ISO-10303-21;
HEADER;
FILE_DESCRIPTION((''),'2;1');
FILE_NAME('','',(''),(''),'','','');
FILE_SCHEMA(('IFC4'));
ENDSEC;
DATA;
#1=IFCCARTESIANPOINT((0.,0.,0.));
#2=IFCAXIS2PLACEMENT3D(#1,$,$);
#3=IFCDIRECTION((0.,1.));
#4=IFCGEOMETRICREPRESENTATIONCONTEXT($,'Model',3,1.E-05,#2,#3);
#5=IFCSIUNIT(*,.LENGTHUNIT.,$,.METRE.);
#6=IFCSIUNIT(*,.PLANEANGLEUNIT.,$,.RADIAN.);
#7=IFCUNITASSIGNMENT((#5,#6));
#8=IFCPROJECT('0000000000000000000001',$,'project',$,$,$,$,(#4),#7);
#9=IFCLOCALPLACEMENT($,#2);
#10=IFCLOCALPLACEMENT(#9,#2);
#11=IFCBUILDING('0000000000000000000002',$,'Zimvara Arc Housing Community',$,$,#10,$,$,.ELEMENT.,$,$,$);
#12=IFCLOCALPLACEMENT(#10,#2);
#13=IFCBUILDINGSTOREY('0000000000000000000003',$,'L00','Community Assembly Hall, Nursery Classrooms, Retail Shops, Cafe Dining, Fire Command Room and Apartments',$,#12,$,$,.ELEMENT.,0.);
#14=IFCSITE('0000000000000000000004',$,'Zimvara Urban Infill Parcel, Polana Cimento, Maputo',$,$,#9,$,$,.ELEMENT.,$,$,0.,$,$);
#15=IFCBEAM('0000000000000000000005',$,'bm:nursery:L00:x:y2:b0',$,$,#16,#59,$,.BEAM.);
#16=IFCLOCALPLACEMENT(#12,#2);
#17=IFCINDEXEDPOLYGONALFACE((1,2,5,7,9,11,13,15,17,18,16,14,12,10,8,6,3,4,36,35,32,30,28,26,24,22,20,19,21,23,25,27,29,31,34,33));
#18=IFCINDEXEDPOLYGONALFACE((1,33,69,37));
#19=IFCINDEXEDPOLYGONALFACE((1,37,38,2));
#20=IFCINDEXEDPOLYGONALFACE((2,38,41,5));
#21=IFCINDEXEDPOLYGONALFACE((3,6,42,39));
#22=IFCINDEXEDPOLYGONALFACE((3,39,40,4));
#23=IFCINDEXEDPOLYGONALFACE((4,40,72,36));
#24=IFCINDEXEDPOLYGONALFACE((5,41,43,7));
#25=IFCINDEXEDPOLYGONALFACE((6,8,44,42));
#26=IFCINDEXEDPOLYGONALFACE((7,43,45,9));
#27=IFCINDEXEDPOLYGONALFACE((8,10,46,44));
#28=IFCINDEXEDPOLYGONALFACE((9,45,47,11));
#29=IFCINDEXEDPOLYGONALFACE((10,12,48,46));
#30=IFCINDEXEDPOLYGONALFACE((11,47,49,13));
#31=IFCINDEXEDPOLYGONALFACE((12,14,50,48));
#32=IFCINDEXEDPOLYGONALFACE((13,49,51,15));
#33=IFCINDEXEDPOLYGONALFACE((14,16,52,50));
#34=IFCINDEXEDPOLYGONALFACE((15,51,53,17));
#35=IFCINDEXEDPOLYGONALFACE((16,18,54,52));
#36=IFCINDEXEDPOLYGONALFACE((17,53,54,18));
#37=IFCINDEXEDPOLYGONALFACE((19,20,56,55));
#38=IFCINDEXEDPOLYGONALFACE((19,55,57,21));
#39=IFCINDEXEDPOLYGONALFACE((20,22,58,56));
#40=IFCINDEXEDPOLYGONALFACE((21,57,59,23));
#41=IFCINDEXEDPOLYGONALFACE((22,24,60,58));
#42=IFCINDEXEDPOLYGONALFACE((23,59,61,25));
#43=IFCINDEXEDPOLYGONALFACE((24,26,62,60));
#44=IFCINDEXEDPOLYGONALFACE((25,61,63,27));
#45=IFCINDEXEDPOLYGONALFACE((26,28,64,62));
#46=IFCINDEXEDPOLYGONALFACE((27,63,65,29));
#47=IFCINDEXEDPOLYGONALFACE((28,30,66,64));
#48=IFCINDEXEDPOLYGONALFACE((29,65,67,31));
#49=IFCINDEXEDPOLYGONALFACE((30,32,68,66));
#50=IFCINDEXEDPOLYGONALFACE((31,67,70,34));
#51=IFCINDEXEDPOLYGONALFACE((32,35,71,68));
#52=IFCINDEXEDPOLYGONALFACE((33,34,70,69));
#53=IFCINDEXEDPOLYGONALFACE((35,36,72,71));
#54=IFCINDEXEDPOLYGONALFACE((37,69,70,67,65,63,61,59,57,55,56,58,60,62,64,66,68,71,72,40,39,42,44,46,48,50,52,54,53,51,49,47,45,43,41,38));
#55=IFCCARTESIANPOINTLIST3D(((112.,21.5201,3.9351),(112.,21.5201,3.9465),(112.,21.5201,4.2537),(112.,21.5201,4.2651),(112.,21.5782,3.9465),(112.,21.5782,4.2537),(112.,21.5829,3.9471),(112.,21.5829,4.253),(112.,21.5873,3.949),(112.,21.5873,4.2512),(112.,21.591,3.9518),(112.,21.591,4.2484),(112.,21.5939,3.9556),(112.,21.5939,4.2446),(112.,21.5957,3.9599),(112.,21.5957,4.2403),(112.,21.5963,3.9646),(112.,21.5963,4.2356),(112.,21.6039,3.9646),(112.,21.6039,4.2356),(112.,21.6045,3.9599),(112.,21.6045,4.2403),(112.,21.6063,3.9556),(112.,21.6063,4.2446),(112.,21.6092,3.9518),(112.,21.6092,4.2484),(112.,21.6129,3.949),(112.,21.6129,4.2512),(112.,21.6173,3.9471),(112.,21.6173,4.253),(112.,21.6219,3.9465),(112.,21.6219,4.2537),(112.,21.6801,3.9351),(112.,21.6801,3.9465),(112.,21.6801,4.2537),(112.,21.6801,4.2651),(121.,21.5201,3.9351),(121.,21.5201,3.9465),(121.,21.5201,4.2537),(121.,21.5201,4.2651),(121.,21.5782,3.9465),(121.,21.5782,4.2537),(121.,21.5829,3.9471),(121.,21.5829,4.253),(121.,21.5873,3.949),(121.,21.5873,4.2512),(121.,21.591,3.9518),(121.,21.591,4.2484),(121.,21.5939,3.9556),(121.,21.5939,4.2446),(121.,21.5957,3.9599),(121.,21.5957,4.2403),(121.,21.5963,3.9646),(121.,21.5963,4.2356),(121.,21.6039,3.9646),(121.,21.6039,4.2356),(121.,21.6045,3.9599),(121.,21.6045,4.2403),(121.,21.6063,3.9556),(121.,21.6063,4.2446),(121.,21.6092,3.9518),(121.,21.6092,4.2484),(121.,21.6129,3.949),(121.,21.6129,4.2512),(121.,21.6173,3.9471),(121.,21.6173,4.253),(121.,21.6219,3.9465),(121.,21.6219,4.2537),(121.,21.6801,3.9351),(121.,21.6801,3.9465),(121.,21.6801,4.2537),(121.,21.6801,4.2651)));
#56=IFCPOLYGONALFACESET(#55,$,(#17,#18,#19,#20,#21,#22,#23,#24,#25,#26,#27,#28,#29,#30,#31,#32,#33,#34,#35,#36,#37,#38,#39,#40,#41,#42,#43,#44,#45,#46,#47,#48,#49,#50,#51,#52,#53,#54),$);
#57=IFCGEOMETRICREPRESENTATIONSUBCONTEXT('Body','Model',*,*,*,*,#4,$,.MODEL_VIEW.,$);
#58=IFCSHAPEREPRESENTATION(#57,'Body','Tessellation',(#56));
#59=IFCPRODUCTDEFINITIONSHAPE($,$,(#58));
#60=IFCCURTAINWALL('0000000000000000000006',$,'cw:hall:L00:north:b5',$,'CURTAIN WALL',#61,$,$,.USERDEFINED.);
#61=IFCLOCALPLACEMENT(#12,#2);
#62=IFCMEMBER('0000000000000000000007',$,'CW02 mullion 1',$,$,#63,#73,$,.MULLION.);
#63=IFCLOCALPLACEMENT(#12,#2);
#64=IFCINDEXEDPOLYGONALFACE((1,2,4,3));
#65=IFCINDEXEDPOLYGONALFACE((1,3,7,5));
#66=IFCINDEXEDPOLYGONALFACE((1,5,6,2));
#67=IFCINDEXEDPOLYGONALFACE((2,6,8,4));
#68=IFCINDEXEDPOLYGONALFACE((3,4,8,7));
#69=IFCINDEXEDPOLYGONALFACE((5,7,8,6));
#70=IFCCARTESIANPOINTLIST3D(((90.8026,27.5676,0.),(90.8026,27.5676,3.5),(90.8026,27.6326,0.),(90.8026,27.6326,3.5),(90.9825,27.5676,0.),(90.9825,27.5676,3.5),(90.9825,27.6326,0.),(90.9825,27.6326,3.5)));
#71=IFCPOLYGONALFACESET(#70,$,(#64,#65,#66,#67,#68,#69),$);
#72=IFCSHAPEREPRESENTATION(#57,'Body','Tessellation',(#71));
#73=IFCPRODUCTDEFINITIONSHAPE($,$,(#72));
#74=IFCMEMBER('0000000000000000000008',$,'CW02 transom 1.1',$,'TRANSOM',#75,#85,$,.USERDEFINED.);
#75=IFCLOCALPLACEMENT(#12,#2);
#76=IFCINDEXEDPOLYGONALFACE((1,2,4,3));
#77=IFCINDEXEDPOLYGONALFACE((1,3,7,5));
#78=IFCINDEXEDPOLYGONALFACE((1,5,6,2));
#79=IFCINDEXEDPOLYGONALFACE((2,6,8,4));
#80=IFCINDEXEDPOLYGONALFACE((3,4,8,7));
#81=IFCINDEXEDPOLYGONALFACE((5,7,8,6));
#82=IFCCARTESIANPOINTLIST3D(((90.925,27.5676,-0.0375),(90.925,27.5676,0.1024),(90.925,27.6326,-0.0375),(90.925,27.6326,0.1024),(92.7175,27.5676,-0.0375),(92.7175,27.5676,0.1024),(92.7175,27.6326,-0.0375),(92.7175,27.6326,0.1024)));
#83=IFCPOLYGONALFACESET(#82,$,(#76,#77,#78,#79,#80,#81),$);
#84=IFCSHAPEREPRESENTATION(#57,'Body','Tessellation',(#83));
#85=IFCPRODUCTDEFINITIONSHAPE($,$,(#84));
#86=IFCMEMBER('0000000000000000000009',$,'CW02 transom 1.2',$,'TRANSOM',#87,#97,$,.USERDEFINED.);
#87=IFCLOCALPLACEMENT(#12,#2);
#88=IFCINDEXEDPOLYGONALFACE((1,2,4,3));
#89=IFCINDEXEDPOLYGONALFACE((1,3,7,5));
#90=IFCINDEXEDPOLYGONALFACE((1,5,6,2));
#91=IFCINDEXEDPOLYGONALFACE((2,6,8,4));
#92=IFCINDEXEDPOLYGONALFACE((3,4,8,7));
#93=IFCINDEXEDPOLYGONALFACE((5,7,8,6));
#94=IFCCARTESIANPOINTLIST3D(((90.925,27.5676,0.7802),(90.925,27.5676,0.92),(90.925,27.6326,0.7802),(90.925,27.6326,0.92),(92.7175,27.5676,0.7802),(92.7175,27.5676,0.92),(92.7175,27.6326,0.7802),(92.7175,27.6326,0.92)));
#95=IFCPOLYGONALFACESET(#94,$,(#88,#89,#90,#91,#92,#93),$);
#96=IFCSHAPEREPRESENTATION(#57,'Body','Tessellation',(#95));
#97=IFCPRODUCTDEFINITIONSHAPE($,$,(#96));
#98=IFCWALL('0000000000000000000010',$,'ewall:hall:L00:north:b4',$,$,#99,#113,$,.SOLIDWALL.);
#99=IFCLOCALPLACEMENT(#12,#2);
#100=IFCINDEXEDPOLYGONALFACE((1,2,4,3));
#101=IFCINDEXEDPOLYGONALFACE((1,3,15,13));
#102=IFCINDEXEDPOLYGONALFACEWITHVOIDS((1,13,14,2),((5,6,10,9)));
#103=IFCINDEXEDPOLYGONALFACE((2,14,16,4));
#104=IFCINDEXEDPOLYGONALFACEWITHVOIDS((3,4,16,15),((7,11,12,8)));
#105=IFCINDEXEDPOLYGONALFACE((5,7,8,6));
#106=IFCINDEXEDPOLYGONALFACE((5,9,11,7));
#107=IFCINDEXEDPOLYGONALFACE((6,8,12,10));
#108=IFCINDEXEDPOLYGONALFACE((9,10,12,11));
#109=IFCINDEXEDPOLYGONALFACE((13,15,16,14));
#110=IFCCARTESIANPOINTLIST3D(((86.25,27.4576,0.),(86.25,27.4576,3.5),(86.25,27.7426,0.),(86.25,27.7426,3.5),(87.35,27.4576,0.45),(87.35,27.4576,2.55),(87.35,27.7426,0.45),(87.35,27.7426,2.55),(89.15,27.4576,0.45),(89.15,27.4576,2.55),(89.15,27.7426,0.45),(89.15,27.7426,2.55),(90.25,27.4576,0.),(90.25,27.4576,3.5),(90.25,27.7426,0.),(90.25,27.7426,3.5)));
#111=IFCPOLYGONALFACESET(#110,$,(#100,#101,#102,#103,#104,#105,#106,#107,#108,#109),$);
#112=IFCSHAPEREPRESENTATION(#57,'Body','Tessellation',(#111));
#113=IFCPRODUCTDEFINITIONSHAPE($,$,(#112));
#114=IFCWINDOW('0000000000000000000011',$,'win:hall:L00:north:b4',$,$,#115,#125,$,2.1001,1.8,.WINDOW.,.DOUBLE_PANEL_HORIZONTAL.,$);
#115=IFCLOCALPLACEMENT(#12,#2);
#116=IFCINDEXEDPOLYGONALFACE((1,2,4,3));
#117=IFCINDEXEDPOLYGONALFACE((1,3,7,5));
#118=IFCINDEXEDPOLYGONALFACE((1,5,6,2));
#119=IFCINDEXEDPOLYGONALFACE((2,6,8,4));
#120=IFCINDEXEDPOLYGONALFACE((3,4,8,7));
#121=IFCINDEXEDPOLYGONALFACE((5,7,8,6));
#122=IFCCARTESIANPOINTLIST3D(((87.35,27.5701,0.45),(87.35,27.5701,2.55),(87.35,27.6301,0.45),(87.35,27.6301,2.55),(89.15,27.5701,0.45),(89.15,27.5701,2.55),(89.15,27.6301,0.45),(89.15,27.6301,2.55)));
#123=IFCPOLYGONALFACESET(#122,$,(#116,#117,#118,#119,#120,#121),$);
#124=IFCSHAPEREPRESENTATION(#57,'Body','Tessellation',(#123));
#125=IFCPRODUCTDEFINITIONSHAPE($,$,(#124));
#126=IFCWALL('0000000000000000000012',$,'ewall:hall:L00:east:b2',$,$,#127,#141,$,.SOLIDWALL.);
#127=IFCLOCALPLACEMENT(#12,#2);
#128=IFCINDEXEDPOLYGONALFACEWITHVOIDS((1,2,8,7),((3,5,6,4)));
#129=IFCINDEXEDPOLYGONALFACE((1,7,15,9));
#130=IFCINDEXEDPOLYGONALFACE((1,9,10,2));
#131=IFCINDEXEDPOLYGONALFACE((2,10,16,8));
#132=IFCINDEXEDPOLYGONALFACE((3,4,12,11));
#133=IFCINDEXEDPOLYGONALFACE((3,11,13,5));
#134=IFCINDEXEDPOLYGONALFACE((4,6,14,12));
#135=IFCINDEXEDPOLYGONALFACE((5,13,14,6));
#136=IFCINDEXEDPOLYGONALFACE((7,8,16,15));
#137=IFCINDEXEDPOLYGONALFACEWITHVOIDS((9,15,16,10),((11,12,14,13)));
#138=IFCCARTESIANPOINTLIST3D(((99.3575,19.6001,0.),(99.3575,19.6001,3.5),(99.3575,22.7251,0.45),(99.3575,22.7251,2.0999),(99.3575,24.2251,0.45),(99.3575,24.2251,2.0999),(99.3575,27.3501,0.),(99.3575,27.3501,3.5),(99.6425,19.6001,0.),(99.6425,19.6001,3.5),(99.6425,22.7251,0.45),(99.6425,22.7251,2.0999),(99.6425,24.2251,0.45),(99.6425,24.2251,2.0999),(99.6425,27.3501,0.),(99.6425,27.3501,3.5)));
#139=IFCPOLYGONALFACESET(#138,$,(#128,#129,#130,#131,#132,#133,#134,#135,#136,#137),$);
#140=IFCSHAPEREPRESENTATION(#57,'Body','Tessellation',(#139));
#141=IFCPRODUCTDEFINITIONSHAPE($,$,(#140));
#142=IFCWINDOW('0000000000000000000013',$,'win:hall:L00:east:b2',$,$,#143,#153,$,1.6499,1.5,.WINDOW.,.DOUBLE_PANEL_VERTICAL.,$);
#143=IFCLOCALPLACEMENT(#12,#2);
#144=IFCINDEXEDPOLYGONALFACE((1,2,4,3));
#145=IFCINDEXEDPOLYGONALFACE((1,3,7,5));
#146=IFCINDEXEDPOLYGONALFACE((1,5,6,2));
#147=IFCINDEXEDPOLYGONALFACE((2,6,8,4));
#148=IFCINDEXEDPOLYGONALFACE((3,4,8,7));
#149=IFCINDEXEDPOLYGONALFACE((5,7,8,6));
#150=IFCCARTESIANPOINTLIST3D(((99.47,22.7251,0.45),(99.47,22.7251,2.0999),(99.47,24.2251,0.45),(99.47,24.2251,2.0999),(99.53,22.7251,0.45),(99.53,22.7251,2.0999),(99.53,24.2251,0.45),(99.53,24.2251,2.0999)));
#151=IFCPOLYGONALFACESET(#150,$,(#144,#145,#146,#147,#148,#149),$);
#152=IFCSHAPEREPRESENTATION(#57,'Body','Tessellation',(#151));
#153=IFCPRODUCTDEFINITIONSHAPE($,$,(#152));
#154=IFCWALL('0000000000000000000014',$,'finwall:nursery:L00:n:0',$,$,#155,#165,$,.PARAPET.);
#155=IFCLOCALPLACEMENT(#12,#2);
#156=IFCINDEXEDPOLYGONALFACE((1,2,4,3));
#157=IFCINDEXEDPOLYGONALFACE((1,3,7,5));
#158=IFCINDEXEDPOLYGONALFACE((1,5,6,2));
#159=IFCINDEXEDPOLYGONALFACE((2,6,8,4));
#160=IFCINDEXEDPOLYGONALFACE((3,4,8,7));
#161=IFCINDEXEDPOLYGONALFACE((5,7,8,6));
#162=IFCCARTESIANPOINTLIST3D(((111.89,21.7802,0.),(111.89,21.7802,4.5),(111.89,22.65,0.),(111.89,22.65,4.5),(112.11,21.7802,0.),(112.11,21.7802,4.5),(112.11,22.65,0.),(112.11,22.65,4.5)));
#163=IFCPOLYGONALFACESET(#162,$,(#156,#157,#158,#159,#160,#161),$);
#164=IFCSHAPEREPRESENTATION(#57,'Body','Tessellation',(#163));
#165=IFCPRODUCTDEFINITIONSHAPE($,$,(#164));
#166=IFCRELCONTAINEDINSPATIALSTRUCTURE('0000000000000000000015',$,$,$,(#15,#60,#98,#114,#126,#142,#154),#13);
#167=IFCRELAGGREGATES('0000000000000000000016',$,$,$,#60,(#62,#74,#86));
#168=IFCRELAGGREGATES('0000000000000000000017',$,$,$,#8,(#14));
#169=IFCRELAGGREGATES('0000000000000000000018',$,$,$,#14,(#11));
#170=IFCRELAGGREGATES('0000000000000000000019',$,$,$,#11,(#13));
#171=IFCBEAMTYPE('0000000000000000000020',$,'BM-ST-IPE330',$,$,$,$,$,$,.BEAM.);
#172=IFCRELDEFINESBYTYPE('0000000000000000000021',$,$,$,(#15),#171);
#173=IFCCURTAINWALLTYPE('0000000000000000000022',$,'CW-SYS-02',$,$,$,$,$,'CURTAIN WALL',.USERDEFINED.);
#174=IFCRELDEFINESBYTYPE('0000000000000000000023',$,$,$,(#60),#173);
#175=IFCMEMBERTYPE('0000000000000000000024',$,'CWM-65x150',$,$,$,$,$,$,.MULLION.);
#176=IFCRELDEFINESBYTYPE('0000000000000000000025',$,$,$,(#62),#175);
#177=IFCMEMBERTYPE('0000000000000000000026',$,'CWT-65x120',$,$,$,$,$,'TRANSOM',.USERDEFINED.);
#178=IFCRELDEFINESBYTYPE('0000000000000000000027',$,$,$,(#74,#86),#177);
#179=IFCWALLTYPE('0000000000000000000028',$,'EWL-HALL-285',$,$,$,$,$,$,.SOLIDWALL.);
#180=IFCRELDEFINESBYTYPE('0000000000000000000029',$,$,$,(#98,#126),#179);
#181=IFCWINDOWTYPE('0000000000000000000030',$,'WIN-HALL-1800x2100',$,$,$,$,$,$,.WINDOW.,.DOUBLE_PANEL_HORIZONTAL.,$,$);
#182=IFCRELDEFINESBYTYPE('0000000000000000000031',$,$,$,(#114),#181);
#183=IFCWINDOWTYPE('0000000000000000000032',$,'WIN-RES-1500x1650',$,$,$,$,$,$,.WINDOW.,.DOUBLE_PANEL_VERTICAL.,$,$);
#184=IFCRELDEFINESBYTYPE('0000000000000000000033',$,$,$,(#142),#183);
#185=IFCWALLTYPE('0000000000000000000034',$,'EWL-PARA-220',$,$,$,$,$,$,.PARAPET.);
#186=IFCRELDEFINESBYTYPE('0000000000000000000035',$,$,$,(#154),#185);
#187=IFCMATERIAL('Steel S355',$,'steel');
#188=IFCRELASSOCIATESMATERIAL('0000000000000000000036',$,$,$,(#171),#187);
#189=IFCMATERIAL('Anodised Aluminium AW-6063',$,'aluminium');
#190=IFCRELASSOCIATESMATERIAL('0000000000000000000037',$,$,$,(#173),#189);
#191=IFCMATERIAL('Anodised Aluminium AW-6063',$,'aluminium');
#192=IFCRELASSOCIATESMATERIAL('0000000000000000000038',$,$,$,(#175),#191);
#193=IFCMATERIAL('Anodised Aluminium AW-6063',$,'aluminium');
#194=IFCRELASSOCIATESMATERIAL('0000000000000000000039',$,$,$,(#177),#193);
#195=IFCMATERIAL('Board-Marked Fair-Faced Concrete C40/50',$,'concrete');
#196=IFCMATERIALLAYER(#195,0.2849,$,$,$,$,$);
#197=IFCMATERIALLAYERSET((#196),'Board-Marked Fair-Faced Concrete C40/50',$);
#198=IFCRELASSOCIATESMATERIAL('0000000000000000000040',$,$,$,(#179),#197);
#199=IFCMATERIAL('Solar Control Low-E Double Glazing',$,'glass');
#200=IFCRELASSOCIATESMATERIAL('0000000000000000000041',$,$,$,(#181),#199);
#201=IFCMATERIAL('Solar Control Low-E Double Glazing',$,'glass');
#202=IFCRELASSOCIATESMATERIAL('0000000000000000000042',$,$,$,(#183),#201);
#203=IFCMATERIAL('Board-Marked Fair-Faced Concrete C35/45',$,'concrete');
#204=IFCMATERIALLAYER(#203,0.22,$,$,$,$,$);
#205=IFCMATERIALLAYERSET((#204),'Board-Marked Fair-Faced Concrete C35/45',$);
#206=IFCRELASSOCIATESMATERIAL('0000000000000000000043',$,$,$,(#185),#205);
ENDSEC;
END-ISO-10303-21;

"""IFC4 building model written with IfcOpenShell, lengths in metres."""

from ifc_helpers import new_model, si_unit, direction, frame, frame_2d, origin, origin_2d, place, context, subcontext, project, spatial, rectangle, i_section, extrude, material, layer, layer_set, material_profile, profile_set, type_object, element, fill, aggregate, save


model = new_model("IFC4")

# Units and contexts
model_context = context("Model", 3, precision=1e-05, world=origin(), true_north=direction((0.0, 1.0)))
body_context = subcontext(model_context, "Body", "Model", "MODEL_VIEW")
ifc_project = project(units=[si_unit("LENGTHUNIT", "METRE"), si_unit("PLANEANGLEUNIT", "RADIAN")], contexts=[model_context])

# Site, building, storey
site_placement = place(None, origin())
site = spatial("IfcSite", under=ifc_project, at=site_placement, Name="Zimvara Urban Infill Parcel, Polana Cimento, Maputo", CompositionType="ELEMENT", RefElevation=0.0)
building_placement = place(site_placement, origin())
building = spatial("IfcBuilding", under=site, at=building_placement, Name="Zimvara Arc Housing Community", CompositionType="ELEMENT")
storey_placement = place(building_placement, origin())
storey = spatial("IfcBuildingStorey", under=building, at=storey_placement, Name="L00", Description="Community Assembly Hall, Nursery Classrooms, Retail Shops, Cafe Dining, Fire Command Room and Apartments", CompositionType="ELEMENT", Elevation=0.0)

# Beam
ifc_material_1 = material(Name="Steel S355", Category="steel")
ifc_material_profile_1 = material_profile(ifc_material_1, i_section(OverallWidth=0.1599, OverallDepth=0.3301, WebThickness=0.0076, FlangeThickness=0.0115, FilletRadius=0.0181, at=origin_2d()), Name="IPE 330")
ifc_profile_set_1 = profile_set([ifc_material_profile_1], Name="Steel S355")
beam_type_1 = type_object("IfcBeamType", Name="BM-ST-IPE330", PredefinedType="BEAM", material=ifc_profile_set_1)
beam_placement = place(storey_placement, frame((112.0, 21.6001, 4.1001), z_axis=(1.0, 0.0, 0.0), x_axis=(0.0, 1.0, 0.0)))
element("IfcBeam", 1, at=beam_placement, inside=storey, type_object=beam_type_1, Name="bm:nursery:L00:x:y2:b0", PredefinedType="BEAM", context=body_context, shape_type="SweptSolid", body=[
    extrude(i_section(OverallWidth=0.1599, OverallDepth=0.3301, WebThickness=0.0076, FlangeThickness=0.0115, FilletRadius=0.0181, at=origin_2d()), origin(), (0.0, 0.0, 1.0), 9.0),
])

# Curtain wall, members
ifc_material_2 = material(Name="Anodised Aluminium AW-6063", Category="aluminium")
curtain_wall_type = type_object("IfcCurtainWallType", Name="CW-SYS-02", ElementType="CURTAIN WALL", PredefinedType="USERDEFINED", material=ifc_material_2)
curtain_wall_placement = place(storey_placement, origin())
curtain_wall = element("IfcCurtainWall", 2, at=curtain_wall_placement, inside=storey, type_object=curtain_wall_type, Name="cw:hall:L00:north:b5", ObjectType="CURTAIN WALL", PredefinedType="USERDEFINED")
ifc_material_3 = material(Name="Anodised Aluminium AW-6063", Category="aluminium")
ifc_material_profile_2 = material_profile(ifc_material_3, rectangle(XDim=0.0649, YDim=0.1799, at=origin_2d()), Name="ALU 65x180")
ifc_profile_set_2 = profile_set([ifc_material_profile_2], Name="Anodised Aluminium AW-6063")
member_type_1 = type_object("IfcMemberType", Name="CWM-65x150", PredefinedType="MULLION", material=ifc_profile_set_2)
member_1_placement = place(storey_placement, frame((90.8926, 27.6001, 0.0), z_axis=(0.0, 0.0, 1.0), x_axis=(0.0, 1.0, 0.0)))
member_1 = element("IfcMember", 3, at=member_1_placement, type_object=member_type_1, Name="CW02 mullion 1", PredefinedType="MULLION", context=body_context, shape_type="SweptSolid", body=[
    extrude(rectangle(XDim=0.0649, YDim=0.1799, at=origin_2d()), origin(), (0.0, 0.0, 1.0), 3.5),
])
ifc_material_4 = material(Name="Anodised Aluminium AW-6063", Category="aluminium")
ifc_material_profile_3 = material_profile(ifc_material_4, rectangle(XDim=0.0649, YDim=0.1399, at=origin_2d()), Name="ALU 65x140")
ifc_profile_set_3 = profile_set([ifc_material_profile_3], Name="Anodised Aluminium AW-6063")
member_type_2 = type_object("IfcMemberType", Name="CWT-65x120", ElementType="TRANSOM", PredefinedType="USERDEFINED", material=ifc_profile_set_3)
member_2_placement = place(storey_placement, frame((90.925, 27.6001, 0.0325), z_axis=(1.0, 0.0, 0.0), x_axis=(0.0, 1.0, 0.0)))
member_2 = element("IfcMember", 4, at=member_2_placement, type_object=member_type_2, Name="CW02 transom 1.1", ObjectType="TRANSOM", PredefinedType="USERDEFINED", context=body_context, shape_type="SweptSolid", body=[
    extrude(rectangle(XDim=0.0649, YDim=0.1399, at=origin_2d()), origin(), (0.0, 0.0, 1.0), 1.7925),
])
member_3_placement = place(storey_placement, frame((90.925, 27.6001, 0.8501), z_axis=(1.0, 0.0, 0.0), x_axis=(0.0, 1.0, 0.0)))
member_3 = element("IfcMember", 5, at=member_3_placement, type_object=member_type_2, Name="CW02 transom 1.2", ObjectType="TRANSOM", PredefinedType="USERDEFINED", context=body_context, shape_type="SweptSolid", body=[
    extrude(rectangle(XDim=0.0649, YDim=0.1399, at=origin_2d()), origin(), (0.0, 0.0, 1.0), 1.7925),
])
aggregate(curtain_wall, [member_1, member_2, member_3])

# Walls, openings, windows
ifc_material_5 = material(Name="Board-Marked Fair-Faced Concrete C40/50", Category="concrete")
ifc_layer_1 = layer(ifc_material_5, 0.2849)
ifc_layer_set_1 = layer_set([ifc_layer_1], Name="Board-Marked Fair-Faced Concrete C40/50")
wall_type_1 = type_object("IfcWallType", Name="EWL-HALL-285", PredefinedType="SOLIDWALL", material=ifc_layer_set_1)
wall_1_placement = place(storey_placement, frame((86.25, 27.6001, 0.0), z_axis=(0.0, 0.0, 1.0), x_axis=(1.0, 0.0, 0.0)))
wall_1 = element("IfcWall", 6, at=wall_1_placement, inside=storey, type_object=wall_type_1, Name="ewall:hall:L00:north:b4", PredefinedType="SOLIDWALL", context=body_context, shape_type="SweptSolid", body=[
    extrude(rectangle(XDim=4.0, YDim=0.2849, at=frame_2d((2.0, 0.0))), origin(), (0.0, 0.0, 1.0), 3.5),
])
opening_1_placement = place(wall_1_placement, frame((1.1001, 0.0, 0.45)))
opening_1 = element("IfcOpeningElement", 7, at=opening_1_placement, cuts=wall_1, PredefinedType="OPENING", context=body_context, shape_type="SweptSolid", body=[
    extrude(rectangle(XDim=1.8, YDim=2.1001, at=frame_2d((0.8999, 1.05))), frame((0.0, 0.1523, 0.0), z_axis=(0.0, -1.0, 0.0), x_axis=(1.0, 0.0, 0.0)), (0.0, 0.0, 1.0), 0.3049),
])
ifc_material_6 = material(Name="Solar Control Low-E Double Glazing", Category="glass")
window_type_1 = type_object("IfcWindowType", Name="WIN-HALL-1800x2100", PartitioningType="DOUBLE_PANEL_HORIZONTAL", PredefinedType="WINDOW", material=ifc_material_6)
window_1_placement = place(opening_1_placement, origin())
window_1 = element("IfcWindow", 8, at=window_1_placement, inside=storey, type_object=window_type_1, Name="win:hall:L00:north:b4", OverallHeight=2.1001, OverallWidth=1.8, PartitioningType="DOUBLE_PANEL_HORIZONTAL", PredefinedType="WINDOW", context=body_context, shape_type="SweptSolid", body=[
    extrude(rectangle(XDim=1.8, YDim=2.1001, at=frame_2d((0.8999, 1.05))), frame((0.0, 0.03, 0.0), z_axis=(0.0, -1.0, 0.0), x_axis=(1.0, 0.0, 0.0)), (0.0, 0.0, 1.0), 0.0601),
])
fill(opening_1, window_1)
wall_2_placement = place(storey_placement, frame((99.5, 19.6001, 0.0), z_axis=(0.0, 0.0, 1.0), x_axis=(0.0, 1.0, 0.0)))
wall_2 = element("IfcWall", 9, at=wall_2_placement, inside=storey, type_object=wall_type_1, Name="ewall:hall:L00:east:b2", PredefinedType="SOLIDWALL", context=body_context, shape_type="SweptSolid", body=[
    extrude(rectangle(XDim=7.75, YDim=0.2849, at=frame_2d((3.875, 0.0))), origin(), (0.0, 0.0, 1.0), 3.5),
])
opening_2_placement = place(wall_2_placement, frame((3.125, 0.0, 0.45)))
opening_2 = element("IfcOpeningElement", 10, at=opening_2_placement, cuts=wall_2, PredefinedType="OPENING", context=body_context, shape_type="SweptSolid", body=[
    extrude(rectangle(XDim=1.5, YDim=1.6499, at=frame_2d((0.75, 0.825))), frame((0.0, 0.1523, 0.0), z_axis=(0.0, -1.0, 0.0), x_axis=(1.0, 0.0, 0.0)), (0.0, 0.0, 1.0), 0.3049),
])
ifc_material_7 = material(Name="Solar Control Low-E Double Glazing", Category="glass")
window_type_2 = type_object("IfcWindowType", Name="WIN-RES-1500x1650", PartitioningType="DOUBLE_PANEL_VERTICAL", PredefinedType="WINDOW", material=ifc_material_7)
window_2_placement = place(opening_2_placement, origin())
window_2 = element("IfcWindow", 11, at=window_2_placement, inside=storey, type_object=window_type_2, Name="win:hall:L00:east:b2", OverallHeight=1.6499, OverallWidth=1.5, PartitioningType="DOUBLE_PANEL_VERTICAL", PredefinedType="WINDOW", context=body_context, shape_type="SweptSolid", body=[
    extrude(rectangle(XDim=1.5, YDim=1.6499, at=frame_2d((0.75, 0.825))), frame((0.0, 0.03, 0.0), z_axis=(0.0, -1.0, 0.0), x_axis=(1.0, 0.0, 0.0)), (0.0, 0.0, 1.0), 0.0601),
])
fill(opening_2, window_2)

# Wall
ifc_material_8 = material(Name="Board-Marked Fair-Faced Concrete C35/45", Category="concrete")
ifc_layer_2 = layer(ifc_material_8, 0.22)
ifc_layer_set_2 = layer_set([ifc_layer_2], Name="Board-Marked Fair-Faced Concrete C35/45")
wall_type_2 = type_object("IfcWallType", Name="EWL-PARA-220", PredefinedType="PARAPET", material=ifc_layer_set_2)
wall_3_placement = place(storey_placement, frame((112.0, 21.78, 0.0), z_axis=(0.0, 0.0, 1.0), x_axis=(0.0, 1.0, 0.0)))
element("IfcWall", 12, at=wall_3_placement, inside=storey, type_object=wall_type_2, Name="finwall:nursery:L00:n:0", PredefinedType="PARAPET", context=body_context, shape_type="SweptSolid", body=[
    extrude(rectangle(XDim=0.8699, YDim=0.22, at=frame_2d((0.4351, 0.0))), origin(), (0.0, 0.0, 1.0), 4.5),
])

save(model, "model.ifc")
